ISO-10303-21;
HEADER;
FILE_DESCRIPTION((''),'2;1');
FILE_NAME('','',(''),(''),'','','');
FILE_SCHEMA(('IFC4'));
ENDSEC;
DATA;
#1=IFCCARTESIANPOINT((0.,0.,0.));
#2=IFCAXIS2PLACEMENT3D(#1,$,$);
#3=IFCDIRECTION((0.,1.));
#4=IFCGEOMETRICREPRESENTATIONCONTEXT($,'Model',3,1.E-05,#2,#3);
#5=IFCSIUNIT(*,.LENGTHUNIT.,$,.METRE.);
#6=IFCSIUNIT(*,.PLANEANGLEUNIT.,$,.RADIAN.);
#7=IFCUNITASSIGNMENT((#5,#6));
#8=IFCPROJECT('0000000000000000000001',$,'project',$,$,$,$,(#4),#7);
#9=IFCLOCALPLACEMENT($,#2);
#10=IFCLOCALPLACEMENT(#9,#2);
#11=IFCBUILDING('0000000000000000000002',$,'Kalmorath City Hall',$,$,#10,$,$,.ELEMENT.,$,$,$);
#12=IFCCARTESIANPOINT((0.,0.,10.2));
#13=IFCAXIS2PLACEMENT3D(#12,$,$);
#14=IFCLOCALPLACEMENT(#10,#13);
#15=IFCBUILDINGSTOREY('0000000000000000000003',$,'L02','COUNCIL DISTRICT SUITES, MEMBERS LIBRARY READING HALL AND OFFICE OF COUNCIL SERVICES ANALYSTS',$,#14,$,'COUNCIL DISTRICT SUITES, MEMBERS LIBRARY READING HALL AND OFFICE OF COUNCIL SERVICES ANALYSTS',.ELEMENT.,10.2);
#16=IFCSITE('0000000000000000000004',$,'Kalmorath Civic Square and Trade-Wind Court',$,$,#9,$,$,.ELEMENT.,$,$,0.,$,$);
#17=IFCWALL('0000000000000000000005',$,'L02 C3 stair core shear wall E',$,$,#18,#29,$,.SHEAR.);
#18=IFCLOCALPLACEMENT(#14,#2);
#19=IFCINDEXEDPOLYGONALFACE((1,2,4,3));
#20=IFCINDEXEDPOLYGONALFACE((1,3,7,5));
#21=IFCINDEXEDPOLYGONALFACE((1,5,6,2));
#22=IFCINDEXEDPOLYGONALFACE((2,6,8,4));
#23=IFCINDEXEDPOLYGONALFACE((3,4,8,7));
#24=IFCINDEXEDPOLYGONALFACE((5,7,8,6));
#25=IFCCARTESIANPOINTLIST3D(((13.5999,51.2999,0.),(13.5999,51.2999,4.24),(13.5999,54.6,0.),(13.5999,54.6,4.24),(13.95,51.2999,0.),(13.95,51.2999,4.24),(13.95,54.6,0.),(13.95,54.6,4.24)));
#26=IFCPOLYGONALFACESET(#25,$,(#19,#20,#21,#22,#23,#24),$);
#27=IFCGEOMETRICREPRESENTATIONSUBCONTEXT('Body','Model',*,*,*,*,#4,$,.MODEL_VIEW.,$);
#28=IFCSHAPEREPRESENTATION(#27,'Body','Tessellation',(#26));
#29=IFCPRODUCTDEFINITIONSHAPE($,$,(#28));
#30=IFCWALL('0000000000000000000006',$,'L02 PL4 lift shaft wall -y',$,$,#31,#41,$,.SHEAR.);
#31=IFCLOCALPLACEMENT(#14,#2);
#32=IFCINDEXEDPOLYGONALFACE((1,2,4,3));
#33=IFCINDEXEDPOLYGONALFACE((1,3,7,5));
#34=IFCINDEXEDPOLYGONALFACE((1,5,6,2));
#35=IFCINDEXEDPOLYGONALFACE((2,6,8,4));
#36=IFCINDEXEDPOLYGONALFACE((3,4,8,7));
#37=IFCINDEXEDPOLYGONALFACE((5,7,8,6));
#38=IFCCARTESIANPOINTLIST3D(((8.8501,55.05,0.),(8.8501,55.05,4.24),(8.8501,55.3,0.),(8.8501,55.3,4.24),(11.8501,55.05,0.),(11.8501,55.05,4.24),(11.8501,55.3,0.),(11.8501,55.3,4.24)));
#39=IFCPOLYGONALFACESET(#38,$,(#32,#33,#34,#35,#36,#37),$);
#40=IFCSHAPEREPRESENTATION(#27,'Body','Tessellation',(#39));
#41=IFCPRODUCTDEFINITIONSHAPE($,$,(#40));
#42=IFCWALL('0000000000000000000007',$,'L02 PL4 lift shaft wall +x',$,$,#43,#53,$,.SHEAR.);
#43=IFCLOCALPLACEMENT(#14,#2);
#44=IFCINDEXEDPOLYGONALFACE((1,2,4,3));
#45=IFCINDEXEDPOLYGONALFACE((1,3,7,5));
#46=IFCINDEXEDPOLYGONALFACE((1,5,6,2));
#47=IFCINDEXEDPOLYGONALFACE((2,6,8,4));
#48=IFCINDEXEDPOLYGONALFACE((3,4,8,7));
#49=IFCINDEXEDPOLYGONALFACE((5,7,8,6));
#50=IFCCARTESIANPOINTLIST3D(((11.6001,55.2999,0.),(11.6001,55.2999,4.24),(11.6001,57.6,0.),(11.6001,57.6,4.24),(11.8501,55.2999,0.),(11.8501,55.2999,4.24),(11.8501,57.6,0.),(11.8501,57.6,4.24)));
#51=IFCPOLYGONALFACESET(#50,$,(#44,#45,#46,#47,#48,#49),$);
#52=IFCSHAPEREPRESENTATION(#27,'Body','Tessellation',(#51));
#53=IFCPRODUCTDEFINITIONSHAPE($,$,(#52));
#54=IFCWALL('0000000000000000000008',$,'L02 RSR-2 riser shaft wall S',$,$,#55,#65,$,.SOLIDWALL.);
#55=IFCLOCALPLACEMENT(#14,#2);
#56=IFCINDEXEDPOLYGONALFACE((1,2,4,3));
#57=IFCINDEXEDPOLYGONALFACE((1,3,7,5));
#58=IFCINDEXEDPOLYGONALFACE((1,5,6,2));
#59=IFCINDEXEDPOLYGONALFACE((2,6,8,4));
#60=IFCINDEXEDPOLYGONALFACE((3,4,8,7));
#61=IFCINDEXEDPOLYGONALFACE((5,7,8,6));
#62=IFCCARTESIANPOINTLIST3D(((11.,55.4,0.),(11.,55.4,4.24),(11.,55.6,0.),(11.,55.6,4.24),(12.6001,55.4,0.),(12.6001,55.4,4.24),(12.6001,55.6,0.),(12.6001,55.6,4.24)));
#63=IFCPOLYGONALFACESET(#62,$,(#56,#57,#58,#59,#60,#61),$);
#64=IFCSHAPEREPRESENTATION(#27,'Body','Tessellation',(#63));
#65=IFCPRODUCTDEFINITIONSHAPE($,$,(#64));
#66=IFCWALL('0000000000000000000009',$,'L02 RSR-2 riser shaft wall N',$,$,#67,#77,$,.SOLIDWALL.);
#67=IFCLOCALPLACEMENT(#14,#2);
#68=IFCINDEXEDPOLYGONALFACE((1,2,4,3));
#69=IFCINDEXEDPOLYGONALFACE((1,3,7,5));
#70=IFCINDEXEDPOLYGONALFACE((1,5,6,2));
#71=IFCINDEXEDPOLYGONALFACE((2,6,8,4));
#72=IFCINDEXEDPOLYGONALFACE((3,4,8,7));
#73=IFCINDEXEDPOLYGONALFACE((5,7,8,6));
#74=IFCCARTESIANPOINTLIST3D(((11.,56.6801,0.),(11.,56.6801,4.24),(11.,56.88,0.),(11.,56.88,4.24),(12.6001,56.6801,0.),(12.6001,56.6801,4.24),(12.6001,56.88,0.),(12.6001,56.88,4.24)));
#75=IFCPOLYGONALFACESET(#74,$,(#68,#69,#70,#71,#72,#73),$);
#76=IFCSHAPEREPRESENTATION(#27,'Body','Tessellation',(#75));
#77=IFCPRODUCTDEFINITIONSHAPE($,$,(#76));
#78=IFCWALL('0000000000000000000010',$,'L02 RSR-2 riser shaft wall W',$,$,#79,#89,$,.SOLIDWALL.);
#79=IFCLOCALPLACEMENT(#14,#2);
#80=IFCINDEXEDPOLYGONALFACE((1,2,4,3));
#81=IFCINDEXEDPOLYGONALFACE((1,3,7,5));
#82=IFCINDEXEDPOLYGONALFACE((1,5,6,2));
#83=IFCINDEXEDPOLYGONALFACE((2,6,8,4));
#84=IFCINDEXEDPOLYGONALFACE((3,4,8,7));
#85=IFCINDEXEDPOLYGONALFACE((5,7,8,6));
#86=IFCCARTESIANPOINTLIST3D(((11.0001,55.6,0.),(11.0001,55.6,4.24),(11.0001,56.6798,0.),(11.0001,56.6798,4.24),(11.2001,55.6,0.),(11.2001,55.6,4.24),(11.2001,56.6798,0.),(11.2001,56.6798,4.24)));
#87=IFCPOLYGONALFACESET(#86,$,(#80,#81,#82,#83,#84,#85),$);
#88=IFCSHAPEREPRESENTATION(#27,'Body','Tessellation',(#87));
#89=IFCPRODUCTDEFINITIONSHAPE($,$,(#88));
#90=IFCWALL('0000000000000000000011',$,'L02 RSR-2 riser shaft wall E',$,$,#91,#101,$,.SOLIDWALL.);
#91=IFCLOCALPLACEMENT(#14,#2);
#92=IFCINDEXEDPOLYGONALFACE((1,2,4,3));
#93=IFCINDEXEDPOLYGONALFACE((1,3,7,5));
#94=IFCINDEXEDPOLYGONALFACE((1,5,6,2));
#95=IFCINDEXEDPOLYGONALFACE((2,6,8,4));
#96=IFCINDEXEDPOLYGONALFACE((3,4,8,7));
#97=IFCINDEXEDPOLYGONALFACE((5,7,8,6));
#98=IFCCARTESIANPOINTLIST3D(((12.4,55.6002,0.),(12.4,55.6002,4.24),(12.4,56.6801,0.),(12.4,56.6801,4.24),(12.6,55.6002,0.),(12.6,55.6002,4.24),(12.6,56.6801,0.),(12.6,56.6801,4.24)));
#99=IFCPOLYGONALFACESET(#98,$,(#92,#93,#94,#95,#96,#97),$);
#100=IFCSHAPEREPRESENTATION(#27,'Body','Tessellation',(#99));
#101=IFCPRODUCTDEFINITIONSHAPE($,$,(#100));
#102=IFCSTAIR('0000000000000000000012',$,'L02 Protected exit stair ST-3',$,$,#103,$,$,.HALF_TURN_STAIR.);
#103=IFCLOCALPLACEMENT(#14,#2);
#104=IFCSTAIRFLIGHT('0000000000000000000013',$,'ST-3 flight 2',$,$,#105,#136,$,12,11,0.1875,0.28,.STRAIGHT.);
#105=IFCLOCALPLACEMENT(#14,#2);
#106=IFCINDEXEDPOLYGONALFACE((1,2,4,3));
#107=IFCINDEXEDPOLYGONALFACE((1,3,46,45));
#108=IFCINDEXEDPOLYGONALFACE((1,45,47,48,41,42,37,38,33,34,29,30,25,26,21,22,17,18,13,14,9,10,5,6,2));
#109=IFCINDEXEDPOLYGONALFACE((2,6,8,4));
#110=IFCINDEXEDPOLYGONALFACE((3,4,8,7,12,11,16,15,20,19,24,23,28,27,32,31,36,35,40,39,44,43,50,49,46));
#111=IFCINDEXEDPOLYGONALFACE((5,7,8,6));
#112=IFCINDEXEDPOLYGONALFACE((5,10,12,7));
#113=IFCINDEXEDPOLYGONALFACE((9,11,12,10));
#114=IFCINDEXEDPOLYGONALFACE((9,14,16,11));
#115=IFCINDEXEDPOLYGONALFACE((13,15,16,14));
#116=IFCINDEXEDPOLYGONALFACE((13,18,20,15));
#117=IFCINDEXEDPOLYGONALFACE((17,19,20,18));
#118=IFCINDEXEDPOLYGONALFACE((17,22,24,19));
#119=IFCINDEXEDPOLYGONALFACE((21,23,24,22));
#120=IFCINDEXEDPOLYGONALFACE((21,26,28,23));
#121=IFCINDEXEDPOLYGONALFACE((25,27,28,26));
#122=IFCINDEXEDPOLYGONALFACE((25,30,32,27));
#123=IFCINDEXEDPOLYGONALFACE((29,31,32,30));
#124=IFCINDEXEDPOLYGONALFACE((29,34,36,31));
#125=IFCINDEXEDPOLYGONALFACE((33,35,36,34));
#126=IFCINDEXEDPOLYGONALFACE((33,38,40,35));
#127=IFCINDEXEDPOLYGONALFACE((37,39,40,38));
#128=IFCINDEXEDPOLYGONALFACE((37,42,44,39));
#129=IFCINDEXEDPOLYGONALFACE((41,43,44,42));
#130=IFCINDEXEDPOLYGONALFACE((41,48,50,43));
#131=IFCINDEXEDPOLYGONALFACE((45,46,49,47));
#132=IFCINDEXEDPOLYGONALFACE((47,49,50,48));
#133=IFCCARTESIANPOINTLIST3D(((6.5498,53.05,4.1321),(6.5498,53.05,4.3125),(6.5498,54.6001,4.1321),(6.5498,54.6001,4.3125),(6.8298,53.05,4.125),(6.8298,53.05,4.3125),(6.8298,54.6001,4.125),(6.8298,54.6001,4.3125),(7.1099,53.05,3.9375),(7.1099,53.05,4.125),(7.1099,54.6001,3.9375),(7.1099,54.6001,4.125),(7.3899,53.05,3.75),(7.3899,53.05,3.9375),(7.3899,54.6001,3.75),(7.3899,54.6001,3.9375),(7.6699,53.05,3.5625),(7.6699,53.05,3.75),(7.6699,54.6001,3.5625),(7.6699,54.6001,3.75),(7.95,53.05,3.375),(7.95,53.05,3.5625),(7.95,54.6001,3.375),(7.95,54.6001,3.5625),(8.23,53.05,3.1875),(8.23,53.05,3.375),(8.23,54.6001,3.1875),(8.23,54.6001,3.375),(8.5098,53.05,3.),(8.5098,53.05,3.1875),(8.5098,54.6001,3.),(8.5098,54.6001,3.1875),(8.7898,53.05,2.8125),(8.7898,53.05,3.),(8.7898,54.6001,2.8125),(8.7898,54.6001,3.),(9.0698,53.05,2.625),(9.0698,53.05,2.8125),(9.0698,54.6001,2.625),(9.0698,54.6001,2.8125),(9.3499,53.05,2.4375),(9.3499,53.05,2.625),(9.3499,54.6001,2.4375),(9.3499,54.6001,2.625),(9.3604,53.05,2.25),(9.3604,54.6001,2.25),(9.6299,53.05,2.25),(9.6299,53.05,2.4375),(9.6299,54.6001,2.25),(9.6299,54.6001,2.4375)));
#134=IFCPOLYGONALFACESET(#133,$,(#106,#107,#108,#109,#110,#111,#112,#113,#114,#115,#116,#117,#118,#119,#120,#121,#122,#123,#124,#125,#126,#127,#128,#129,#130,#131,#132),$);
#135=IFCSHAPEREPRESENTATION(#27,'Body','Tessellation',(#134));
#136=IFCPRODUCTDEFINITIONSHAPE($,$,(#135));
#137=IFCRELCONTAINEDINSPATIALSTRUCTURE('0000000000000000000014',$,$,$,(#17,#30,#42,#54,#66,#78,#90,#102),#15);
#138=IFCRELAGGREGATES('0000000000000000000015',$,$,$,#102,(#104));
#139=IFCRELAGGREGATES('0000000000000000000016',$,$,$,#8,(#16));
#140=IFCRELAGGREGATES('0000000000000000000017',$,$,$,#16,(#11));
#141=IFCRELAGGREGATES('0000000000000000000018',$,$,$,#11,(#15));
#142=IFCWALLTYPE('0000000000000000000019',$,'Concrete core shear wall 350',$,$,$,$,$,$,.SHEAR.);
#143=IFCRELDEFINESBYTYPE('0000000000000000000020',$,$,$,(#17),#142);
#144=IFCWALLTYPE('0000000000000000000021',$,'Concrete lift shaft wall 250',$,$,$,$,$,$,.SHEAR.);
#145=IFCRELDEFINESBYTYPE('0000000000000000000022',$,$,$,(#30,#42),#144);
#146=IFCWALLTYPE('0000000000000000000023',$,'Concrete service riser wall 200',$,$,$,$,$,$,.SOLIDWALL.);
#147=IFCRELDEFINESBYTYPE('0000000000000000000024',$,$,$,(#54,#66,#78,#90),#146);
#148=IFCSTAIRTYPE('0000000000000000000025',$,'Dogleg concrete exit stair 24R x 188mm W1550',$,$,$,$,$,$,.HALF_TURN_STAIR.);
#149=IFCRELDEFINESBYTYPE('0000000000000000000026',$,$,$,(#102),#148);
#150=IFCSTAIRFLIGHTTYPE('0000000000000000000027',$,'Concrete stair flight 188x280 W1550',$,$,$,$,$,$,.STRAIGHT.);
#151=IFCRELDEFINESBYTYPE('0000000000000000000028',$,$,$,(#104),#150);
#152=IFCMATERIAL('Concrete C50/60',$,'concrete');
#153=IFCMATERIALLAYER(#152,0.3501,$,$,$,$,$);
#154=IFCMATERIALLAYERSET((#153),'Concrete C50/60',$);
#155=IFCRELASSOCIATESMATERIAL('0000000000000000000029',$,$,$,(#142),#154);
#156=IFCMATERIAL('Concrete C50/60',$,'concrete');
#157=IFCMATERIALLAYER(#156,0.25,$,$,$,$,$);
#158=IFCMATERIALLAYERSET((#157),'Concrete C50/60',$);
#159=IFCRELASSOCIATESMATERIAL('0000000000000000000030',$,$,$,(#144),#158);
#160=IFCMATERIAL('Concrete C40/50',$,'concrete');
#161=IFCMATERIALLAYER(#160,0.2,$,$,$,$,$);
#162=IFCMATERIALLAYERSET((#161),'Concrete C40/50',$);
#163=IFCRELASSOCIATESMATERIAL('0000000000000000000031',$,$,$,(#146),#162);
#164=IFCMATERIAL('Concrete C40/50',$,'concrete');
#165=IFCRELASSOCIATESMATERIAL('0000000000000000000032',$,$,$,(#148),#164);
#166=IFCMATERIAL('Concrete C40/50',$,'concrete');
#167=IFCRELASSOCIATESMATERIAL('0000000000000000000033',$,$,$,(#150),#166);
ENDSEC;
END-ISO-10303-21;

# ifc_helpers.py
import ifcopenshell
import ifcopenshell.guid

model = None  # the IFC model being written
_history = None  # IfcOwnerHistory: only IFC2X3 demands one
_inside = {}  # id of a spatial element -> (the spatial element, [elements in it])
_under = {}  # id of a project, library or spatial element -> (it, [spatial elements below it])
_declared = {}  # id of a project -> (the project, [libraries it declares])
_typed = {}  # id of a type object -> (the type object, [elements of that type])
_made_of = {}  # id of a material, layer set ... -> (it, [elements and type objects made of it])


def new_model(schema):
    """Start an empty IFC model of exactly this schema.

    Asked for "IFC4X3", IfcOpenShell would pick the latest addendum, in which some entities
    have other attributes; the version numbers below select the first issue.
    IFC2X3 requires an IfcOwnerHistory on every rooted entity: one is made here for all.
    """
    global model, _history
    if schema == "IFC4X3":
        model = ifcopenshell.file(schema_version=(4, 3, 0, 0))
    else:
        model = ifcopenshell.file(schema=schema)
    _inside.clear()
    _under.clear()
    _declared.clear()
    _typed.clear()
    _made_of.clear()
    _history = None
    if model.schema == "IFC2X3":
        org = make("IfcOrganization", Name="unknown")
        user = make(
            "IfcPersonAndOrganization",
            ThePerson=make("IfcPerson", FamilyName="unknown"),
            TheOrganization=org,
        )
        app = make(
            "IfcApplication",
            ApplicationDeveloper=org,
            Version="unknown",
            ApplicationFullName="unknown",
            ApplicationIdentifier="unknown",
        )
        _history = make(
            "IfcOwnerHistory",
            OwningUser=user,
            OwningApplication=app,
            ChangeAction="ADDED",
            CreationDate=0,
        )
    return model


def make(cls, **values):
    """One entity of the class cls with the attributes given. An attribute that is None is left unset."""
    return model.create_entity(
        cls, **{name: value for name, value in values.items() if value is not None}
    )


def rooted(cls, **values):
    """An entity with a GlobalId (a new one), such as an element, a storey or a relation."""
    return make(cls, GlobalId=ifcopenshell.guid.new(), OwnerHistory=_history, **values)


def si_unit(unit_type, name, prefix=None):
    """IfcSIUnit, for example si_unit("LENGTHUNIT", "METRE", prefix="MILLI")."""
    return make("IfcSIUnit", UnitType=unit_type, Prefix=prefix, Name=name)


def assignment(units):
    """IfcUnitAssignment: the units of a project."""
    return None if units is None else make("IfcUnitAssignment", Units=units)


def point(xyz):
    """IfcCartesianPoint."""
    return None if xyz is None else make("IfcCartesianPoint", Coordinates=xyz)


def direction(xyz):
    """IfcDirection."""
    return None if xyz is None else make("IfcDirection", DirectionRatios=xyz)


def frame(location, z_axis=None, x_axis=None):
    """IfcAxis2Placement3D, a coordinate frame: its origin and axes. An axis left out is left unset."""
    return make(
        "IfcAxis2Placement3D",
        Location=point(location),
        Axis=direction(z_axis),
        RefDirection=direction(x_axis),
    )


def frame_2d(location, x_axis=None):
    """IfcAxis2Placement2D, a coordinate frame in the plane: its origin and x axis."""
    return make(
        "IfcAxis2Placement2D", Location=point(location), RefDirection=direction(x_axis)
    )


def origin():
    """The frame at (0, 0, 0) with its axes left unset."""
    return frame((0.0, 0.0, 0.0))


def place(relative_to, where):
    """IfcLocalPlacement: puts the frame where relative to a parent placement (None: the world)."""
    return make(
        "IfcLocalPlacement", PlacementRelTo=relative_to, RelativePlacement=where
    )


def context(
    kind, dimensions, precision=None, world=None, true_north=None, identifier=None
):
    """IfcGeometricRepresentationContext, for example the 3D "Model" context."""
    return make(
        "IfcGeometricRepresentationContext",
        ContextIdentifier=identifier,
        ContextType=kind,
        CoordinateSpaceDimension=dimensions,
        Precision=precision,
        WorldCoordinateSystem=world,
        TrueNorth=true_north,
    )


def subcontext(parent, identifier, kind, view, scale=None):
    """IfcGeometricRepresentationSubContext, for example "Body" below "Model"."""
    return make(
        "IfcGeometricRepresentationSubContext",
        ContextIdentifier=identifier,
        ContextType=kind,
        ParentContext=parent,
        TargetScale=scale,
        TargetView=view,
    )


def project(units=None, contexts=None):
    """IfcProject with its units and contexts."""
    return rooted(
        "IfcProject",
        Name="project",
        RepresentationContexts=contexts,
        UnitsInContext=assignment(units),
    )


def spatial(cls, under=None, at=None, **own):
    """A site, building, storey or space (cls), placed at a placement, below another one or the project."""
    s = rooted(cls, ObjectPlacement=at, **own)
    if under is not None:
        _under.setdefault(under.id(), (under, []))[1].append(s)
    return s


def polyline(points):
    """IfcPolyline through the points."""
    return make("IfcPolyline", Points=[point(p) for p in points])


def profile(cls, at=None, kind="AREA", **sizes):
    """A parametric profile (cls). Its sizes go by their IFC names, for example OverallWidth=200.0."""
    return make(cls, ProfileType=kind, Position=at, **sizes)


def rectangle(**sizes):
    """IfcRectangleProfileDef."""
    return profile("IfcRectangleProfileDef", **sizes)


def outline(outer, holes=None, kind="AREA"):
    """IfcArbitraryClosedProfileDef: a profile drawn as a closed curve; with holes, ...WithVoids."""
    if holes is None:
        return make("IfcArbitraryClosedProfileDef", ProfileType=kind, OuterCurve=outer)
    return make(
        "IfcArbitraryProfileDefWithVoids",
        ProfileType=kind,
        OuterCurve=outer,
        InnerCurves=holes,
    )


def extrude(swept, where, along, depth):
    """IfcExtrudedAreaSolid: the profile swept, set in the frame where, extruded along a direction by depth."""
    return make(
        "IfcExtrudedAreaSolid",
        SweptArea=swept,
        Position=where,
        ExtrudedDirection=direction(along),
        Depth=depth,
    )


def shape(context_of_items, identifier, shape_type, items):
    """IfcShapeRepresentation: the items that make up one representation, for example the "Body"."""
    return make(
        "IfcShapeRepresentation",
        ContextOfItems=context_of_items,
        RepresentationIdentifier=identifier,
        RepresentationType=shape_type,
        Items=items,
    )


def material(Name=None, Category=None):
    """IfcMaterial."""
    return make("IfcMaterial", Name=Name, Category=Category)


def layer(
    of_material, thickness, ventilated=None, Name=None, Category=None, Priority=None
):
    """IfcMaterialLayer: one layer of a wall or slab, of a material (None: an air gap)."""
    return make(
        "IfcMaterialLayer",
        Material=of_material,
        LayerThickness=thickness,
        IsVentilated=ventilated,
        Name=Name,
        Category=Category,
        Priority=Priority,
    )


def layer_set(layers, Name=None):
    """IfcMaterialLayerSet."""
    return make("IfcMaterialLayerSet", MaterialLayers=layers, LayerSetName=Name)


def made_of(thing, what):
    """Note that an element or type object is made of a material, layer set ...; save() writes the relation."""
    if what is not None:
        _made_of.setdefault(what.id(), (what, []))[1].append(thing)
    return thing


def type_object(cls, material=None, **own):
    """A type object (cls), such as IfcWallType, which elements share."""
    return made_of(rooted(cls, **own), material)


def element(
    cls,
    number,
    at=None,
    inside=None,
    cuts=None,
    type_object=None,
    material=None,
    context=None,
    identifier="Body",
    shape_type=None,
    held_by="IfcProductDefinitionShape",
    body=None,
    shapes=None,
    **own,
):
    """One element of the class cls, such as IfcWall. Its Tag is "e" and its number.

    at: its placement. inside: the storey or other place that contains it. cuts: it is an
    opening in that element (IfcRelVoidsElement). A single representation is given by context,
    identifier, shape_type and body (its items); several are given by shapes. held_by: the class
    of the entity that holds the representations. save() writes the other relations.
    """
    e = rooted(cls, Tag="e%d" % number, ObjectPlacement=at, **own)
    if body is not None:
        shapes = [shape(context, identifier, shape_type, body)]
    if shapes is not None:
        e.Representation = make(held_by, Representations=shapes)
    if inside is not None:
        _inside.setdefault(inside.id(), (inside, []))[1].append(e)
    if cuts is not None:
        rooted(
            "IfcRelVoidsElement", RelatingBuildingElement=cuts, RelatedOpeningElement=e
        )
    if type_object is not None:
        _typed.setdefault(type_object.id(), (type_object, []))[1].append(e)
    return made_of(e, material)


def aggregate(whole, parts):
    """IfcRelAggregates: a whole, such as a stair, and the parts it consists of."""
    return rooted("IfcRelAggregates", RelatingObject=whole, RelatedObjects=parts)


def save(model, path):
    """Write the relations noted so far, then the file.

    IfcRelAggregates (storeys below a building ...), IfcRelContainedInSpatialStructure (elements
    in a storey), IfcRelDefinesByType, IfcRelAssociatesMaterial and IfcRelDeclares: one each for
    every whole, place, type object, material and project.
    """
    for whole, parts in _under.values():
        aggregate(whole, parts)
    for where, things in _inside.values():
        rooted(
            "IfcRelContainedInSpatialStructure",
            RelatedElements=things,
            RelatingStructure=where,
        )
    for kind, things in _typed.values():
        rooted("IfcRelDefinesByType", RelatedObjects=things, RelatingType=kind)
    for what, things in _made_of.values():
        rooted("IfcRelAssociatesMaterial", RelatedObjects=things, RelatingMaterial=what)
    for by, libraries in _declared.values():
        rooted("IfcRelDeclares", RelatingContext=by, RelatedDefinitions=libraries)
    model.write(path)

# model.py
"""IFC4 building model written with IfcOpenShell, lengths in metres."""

from ifc_helpers import new_model, si_unit, direction, frame, frame_2d, origin, place, context, subcontext, project, spatial, polyline, rectangle, outline, extrude, material, layer, layer_set, type_object, element, aggregate, save


model = new_model("IFC4")

# Units and contexts
model_context = context("Model", 3, precision=1e-05, world=origin(), true_north=direction((0.0, 1.0)))
body_context = subcontext(model_context, "Body", "Model", "MODEL_VIEW")
ifc_project = project(units=[si_unit("LENGTHUNIT", "METRE"), si_unit("PLANEANGLEUNIT", "RADIAN")], contexts=[model_context])

# Site, building, storey
site_placement = place(None, origin())
site = spatial("IfcSite", under=ifc_project, at=site_placement, Name="Kalmorath Civic Square and Trade-Wind Court", CompositionType="ELEMENT", RefElevation=0.0)
building_placement = place(site_placement, origin())
building = spatial("IfcBuilding", under=site, at=building_placement, Name="Kalmorath City Hall", CompositionType="ELEMENT")
storey_placement = place(building_placement, frame((0.0, 0.0, 10.2)))
storey = spatial("IfcBuildingStorey", under=building, at=storey_placement, Name="L02", Description="COUNCIL DISTRICT SUITES, MEMBERS LIBRARY READING HALL AND OFFICE OF COUNCIL SERVICES ANALYSTS", LongName="COUNCIL DISTRICT SUITES, MEMBERS LIBRARY READING HALL AND OFFICE OF COUNCIL SERVICES ANALYSTS", CompositionType="ELEMENT", Elevation=10.2)

# Walls
ifc_material_1 = material(Name="Concrete C50/60", Category="concrete")
ifc_layer_1 = layer(ifc_material_1, 0.3501)
ifc_layer_set_1 = layer_set([ifc_layer_1], Name="Concrete C50/60")
wall_type_1 = type_object("IfcWallType", Name="Concrete core shear wall 350", PredefinedType="SHEAR", material=ifc_layer_set_1)
wall_1_placement = place(storey_placement, frame((13.7749, 51.3, 0.0), z_axis=(0.0, 0.0, 1.0), x_axis=(0.0, 1.0, 0.0)))
element("IfcWall", 1, at=wall_1_placement, inside=storey, type_object=wall_type_1, Name="L02 C3 stair core shear wall E", PredefinedType="SHEAR", context=body_context, shape_type="SweptSolid", body=[
    extrude(rectangle(XDim=3.3, YDim=0.3501, at=frame_2d((1.6499, 0.0))), origin(), (0.0, 0.0, 1.0), 4.24),
])
ifc_material_2 = material(Name="Concrete C50/60", Category="concrete")
ifc_layer_2 = layer(ifc_material_2, 0.25)
ifc_layer_set_2 = layer_set([ifc_layer_2], Name="Concrete C50/60")
wall_type_2 = type_object("IfcWallType", Name="Concrete lift shaft wall 250", PredefinedType="SHEAR", material=ifc_layer_set_2)
wall_2_placement = place(storey_placement, frame((8.8501, 55.175, 0.0), z_axis=(0.0, 0.0, 1.0), x_axis=(1.0, 0.0, 0.0)))
element("IfcWall", 2, at=wall_2_placement, inside=storey, type_object=wall_type_2, Name="L02 PL4 lift shaft wall -y", PredefinedType="SHEAR", context=body_context, shape_type="SweptSolid", body=[
    extrude(rectangle(XDim=3.0, YDim=0.25, at=frame_2d((1.5, 0.0))), origin(), (0.0, 0.0, 1.0), 4.24),
])
wall_3_placement = place(storey_placement, frame((11.7251, 55.3, 0.0), z_axis=(0.0, 0.0, 1.0), x_axis=(0.0, 1.0, 0.0)))
element("IfcWall", 3, at=wall_3_placement, inside=storey, type_object=wall_type_2, Name="L02 PL4 lift shaft wall +x", PredefinedType="SHEAR", context=body_context, shape_type="SweptSolid", body=[
    extrude(rectangle(XDim=2.3, YDim=0.25, at=frame_2d((1.1499, 0.0))), origin(), (0.0, 0.0, 1.0), 4.24),
])
ifc_material_3 = material(Name="Concrete C40/50", Category="concrete")
ifc_layer_3 = layer(ifc_material_3, 0.2)
ifc_layer_set_3 = layer_set([ifc_layer_3], Name="Concrete C40/50")
wall_type_3 = type_object("IfcWallType", Name="Concrete service riser wall 200", PredefinedType="SOLIDWALL", material=ifc_layer_set_3)
for number, where, z_axis, x_axis, name in (
    (4, (11.0, 55.5, 0.0), (0.0, 0.0, 1.0), (1.0, 0.0, 0.0), "L02 RSR-2 riser shaft wall S"),
    (5, (12.6001, 56.78, 0.0), (0.0, 0.0, 1.0), (-1.0, 0.0, 0.0), "L02 RSR-2 riser shaft wall N"),
):
    element("IfcWall", number, at=place(storey_placement, frame(where, z_axis=z_axis, x_axis=x_axis)), inside=storey, type_object=wall_type_3, Name=name, PredefinedType="SOLIDWALL", context=body_context, shape_type="SweptSolid", body=[
        extrude(rectangle(XDim=1.6001, YDim=0.2, at=frame_2d((0.8, 0.0))), origin(), (0.0, 0.0, 1.0), 4.24),
    ])
for number, where, z_axis, x_axis, name in (
    (6, (11.1001, 56.6799, 0.0), (0.0, 0.0, 1.0), (0.0, -1.0, 0.0), "L02 RSR-2 riser shaft wall W"),
    (7, (12.5, 55.6001, 0.0), (0.0, 0.0, 1.0), (0.0, 1.0, 0.0), "L02 RSR-2 riser shaft wall E"),
):
    element("IfcWall", number, at=place(storey_placement, frame(where, z_axis=z_axis, x_axis=x_axis)), inside=storey, type_object=wall_type_3, Name=name, PredefinedType="SOLIDWALL", context=body_context, shape_type="SweptSolid", body=[
        extrude(rectangle(XDim=1.0798, YDim=0.2, at=frame_2d((0.54, 0.0))), origin(), (0.0, 0.0, 1.0), 4.24),
    ])

# Stair, stair flight
ifc_material_4 = material(Name="Concrete C40/50", Category="concrete")
stair_type = type_object("IfcStairType", Name="Dogleg concrete exit stair 24R x 188mm W1550", PredefinedType="HALF_TURN_STAIR", material=ifc_material_4)
stair_placement = place(storey_placement, origin())
stair = element("IfcStair", 8, at=stair_placement, inside=storey, type_object=stair_type, Name="L02 Protected exit stair ST-3", PredefinedType="HALF_TURN_STAIR")
ifc_material_5 = material(Name="Concrete C40/50", Category="concrete")
stair_flight_type = type_object("IfcStairFlightType", Name="Concrete stair flight 188x280 W1550", PredefinedType="STRAIGHT", material=ifc_material_5)
stair_flight_placement = place(storey_placement, frame((9.6299, 53.825, 2.25), z_axis=(0.0, 0.0, 1.0), x_axis=(-1.0, 0.0, 0.0)))
stair_flight = element("IfcStairFlight", 9, at=stair_flight_placement, type_object=stair_flight_type, Name="ST-3 flight 2", NumberOfRisers=12, NumberOfTreads=11, PredefinedType="STRAIGHT", RiserHeight=0.1875, TreadLength=0.28, context=body_context, shape_type="SweptSolid", body=[
    extrude(outline(polyline([(0.0, 0.0), (0.0, 0.1875), (0.28, 0.1875), (0.28, 0.375), (0.5601, 0.375), (0.5601, 0.5625), (0.8401, 0.5625), (0.8401, 0.75), (1.1201, 0.75), (1.1201, 0.9375), (1.3999, 0.9375), (1.3999, 1.125), (1.6799, 1.125), (1.6799, 1.3125), (1.96, 1.3125), (1.96, 1.5), (2.24, 1.5), (2.24, 1.6875), (2.52, 1.6875), (2.52, 1.875), (2.8, 1.875), (2.8, 2.0625), (3.0801, 2.0625), (3.0801, 2.25), (3.0801, 1.8821), (0.2695, 0.0), (0.0, 0.0)])), frame((0.0, 0.7749, 0.0), z_axis=(0.0, -1.0, 0.0), x_axis=(1.0, 0.0, 0.0)), (0.0, 0.0, 1.0), 1.55),
])
aggregate(stair, [stair_flight])

save(model, "model.ifc")
